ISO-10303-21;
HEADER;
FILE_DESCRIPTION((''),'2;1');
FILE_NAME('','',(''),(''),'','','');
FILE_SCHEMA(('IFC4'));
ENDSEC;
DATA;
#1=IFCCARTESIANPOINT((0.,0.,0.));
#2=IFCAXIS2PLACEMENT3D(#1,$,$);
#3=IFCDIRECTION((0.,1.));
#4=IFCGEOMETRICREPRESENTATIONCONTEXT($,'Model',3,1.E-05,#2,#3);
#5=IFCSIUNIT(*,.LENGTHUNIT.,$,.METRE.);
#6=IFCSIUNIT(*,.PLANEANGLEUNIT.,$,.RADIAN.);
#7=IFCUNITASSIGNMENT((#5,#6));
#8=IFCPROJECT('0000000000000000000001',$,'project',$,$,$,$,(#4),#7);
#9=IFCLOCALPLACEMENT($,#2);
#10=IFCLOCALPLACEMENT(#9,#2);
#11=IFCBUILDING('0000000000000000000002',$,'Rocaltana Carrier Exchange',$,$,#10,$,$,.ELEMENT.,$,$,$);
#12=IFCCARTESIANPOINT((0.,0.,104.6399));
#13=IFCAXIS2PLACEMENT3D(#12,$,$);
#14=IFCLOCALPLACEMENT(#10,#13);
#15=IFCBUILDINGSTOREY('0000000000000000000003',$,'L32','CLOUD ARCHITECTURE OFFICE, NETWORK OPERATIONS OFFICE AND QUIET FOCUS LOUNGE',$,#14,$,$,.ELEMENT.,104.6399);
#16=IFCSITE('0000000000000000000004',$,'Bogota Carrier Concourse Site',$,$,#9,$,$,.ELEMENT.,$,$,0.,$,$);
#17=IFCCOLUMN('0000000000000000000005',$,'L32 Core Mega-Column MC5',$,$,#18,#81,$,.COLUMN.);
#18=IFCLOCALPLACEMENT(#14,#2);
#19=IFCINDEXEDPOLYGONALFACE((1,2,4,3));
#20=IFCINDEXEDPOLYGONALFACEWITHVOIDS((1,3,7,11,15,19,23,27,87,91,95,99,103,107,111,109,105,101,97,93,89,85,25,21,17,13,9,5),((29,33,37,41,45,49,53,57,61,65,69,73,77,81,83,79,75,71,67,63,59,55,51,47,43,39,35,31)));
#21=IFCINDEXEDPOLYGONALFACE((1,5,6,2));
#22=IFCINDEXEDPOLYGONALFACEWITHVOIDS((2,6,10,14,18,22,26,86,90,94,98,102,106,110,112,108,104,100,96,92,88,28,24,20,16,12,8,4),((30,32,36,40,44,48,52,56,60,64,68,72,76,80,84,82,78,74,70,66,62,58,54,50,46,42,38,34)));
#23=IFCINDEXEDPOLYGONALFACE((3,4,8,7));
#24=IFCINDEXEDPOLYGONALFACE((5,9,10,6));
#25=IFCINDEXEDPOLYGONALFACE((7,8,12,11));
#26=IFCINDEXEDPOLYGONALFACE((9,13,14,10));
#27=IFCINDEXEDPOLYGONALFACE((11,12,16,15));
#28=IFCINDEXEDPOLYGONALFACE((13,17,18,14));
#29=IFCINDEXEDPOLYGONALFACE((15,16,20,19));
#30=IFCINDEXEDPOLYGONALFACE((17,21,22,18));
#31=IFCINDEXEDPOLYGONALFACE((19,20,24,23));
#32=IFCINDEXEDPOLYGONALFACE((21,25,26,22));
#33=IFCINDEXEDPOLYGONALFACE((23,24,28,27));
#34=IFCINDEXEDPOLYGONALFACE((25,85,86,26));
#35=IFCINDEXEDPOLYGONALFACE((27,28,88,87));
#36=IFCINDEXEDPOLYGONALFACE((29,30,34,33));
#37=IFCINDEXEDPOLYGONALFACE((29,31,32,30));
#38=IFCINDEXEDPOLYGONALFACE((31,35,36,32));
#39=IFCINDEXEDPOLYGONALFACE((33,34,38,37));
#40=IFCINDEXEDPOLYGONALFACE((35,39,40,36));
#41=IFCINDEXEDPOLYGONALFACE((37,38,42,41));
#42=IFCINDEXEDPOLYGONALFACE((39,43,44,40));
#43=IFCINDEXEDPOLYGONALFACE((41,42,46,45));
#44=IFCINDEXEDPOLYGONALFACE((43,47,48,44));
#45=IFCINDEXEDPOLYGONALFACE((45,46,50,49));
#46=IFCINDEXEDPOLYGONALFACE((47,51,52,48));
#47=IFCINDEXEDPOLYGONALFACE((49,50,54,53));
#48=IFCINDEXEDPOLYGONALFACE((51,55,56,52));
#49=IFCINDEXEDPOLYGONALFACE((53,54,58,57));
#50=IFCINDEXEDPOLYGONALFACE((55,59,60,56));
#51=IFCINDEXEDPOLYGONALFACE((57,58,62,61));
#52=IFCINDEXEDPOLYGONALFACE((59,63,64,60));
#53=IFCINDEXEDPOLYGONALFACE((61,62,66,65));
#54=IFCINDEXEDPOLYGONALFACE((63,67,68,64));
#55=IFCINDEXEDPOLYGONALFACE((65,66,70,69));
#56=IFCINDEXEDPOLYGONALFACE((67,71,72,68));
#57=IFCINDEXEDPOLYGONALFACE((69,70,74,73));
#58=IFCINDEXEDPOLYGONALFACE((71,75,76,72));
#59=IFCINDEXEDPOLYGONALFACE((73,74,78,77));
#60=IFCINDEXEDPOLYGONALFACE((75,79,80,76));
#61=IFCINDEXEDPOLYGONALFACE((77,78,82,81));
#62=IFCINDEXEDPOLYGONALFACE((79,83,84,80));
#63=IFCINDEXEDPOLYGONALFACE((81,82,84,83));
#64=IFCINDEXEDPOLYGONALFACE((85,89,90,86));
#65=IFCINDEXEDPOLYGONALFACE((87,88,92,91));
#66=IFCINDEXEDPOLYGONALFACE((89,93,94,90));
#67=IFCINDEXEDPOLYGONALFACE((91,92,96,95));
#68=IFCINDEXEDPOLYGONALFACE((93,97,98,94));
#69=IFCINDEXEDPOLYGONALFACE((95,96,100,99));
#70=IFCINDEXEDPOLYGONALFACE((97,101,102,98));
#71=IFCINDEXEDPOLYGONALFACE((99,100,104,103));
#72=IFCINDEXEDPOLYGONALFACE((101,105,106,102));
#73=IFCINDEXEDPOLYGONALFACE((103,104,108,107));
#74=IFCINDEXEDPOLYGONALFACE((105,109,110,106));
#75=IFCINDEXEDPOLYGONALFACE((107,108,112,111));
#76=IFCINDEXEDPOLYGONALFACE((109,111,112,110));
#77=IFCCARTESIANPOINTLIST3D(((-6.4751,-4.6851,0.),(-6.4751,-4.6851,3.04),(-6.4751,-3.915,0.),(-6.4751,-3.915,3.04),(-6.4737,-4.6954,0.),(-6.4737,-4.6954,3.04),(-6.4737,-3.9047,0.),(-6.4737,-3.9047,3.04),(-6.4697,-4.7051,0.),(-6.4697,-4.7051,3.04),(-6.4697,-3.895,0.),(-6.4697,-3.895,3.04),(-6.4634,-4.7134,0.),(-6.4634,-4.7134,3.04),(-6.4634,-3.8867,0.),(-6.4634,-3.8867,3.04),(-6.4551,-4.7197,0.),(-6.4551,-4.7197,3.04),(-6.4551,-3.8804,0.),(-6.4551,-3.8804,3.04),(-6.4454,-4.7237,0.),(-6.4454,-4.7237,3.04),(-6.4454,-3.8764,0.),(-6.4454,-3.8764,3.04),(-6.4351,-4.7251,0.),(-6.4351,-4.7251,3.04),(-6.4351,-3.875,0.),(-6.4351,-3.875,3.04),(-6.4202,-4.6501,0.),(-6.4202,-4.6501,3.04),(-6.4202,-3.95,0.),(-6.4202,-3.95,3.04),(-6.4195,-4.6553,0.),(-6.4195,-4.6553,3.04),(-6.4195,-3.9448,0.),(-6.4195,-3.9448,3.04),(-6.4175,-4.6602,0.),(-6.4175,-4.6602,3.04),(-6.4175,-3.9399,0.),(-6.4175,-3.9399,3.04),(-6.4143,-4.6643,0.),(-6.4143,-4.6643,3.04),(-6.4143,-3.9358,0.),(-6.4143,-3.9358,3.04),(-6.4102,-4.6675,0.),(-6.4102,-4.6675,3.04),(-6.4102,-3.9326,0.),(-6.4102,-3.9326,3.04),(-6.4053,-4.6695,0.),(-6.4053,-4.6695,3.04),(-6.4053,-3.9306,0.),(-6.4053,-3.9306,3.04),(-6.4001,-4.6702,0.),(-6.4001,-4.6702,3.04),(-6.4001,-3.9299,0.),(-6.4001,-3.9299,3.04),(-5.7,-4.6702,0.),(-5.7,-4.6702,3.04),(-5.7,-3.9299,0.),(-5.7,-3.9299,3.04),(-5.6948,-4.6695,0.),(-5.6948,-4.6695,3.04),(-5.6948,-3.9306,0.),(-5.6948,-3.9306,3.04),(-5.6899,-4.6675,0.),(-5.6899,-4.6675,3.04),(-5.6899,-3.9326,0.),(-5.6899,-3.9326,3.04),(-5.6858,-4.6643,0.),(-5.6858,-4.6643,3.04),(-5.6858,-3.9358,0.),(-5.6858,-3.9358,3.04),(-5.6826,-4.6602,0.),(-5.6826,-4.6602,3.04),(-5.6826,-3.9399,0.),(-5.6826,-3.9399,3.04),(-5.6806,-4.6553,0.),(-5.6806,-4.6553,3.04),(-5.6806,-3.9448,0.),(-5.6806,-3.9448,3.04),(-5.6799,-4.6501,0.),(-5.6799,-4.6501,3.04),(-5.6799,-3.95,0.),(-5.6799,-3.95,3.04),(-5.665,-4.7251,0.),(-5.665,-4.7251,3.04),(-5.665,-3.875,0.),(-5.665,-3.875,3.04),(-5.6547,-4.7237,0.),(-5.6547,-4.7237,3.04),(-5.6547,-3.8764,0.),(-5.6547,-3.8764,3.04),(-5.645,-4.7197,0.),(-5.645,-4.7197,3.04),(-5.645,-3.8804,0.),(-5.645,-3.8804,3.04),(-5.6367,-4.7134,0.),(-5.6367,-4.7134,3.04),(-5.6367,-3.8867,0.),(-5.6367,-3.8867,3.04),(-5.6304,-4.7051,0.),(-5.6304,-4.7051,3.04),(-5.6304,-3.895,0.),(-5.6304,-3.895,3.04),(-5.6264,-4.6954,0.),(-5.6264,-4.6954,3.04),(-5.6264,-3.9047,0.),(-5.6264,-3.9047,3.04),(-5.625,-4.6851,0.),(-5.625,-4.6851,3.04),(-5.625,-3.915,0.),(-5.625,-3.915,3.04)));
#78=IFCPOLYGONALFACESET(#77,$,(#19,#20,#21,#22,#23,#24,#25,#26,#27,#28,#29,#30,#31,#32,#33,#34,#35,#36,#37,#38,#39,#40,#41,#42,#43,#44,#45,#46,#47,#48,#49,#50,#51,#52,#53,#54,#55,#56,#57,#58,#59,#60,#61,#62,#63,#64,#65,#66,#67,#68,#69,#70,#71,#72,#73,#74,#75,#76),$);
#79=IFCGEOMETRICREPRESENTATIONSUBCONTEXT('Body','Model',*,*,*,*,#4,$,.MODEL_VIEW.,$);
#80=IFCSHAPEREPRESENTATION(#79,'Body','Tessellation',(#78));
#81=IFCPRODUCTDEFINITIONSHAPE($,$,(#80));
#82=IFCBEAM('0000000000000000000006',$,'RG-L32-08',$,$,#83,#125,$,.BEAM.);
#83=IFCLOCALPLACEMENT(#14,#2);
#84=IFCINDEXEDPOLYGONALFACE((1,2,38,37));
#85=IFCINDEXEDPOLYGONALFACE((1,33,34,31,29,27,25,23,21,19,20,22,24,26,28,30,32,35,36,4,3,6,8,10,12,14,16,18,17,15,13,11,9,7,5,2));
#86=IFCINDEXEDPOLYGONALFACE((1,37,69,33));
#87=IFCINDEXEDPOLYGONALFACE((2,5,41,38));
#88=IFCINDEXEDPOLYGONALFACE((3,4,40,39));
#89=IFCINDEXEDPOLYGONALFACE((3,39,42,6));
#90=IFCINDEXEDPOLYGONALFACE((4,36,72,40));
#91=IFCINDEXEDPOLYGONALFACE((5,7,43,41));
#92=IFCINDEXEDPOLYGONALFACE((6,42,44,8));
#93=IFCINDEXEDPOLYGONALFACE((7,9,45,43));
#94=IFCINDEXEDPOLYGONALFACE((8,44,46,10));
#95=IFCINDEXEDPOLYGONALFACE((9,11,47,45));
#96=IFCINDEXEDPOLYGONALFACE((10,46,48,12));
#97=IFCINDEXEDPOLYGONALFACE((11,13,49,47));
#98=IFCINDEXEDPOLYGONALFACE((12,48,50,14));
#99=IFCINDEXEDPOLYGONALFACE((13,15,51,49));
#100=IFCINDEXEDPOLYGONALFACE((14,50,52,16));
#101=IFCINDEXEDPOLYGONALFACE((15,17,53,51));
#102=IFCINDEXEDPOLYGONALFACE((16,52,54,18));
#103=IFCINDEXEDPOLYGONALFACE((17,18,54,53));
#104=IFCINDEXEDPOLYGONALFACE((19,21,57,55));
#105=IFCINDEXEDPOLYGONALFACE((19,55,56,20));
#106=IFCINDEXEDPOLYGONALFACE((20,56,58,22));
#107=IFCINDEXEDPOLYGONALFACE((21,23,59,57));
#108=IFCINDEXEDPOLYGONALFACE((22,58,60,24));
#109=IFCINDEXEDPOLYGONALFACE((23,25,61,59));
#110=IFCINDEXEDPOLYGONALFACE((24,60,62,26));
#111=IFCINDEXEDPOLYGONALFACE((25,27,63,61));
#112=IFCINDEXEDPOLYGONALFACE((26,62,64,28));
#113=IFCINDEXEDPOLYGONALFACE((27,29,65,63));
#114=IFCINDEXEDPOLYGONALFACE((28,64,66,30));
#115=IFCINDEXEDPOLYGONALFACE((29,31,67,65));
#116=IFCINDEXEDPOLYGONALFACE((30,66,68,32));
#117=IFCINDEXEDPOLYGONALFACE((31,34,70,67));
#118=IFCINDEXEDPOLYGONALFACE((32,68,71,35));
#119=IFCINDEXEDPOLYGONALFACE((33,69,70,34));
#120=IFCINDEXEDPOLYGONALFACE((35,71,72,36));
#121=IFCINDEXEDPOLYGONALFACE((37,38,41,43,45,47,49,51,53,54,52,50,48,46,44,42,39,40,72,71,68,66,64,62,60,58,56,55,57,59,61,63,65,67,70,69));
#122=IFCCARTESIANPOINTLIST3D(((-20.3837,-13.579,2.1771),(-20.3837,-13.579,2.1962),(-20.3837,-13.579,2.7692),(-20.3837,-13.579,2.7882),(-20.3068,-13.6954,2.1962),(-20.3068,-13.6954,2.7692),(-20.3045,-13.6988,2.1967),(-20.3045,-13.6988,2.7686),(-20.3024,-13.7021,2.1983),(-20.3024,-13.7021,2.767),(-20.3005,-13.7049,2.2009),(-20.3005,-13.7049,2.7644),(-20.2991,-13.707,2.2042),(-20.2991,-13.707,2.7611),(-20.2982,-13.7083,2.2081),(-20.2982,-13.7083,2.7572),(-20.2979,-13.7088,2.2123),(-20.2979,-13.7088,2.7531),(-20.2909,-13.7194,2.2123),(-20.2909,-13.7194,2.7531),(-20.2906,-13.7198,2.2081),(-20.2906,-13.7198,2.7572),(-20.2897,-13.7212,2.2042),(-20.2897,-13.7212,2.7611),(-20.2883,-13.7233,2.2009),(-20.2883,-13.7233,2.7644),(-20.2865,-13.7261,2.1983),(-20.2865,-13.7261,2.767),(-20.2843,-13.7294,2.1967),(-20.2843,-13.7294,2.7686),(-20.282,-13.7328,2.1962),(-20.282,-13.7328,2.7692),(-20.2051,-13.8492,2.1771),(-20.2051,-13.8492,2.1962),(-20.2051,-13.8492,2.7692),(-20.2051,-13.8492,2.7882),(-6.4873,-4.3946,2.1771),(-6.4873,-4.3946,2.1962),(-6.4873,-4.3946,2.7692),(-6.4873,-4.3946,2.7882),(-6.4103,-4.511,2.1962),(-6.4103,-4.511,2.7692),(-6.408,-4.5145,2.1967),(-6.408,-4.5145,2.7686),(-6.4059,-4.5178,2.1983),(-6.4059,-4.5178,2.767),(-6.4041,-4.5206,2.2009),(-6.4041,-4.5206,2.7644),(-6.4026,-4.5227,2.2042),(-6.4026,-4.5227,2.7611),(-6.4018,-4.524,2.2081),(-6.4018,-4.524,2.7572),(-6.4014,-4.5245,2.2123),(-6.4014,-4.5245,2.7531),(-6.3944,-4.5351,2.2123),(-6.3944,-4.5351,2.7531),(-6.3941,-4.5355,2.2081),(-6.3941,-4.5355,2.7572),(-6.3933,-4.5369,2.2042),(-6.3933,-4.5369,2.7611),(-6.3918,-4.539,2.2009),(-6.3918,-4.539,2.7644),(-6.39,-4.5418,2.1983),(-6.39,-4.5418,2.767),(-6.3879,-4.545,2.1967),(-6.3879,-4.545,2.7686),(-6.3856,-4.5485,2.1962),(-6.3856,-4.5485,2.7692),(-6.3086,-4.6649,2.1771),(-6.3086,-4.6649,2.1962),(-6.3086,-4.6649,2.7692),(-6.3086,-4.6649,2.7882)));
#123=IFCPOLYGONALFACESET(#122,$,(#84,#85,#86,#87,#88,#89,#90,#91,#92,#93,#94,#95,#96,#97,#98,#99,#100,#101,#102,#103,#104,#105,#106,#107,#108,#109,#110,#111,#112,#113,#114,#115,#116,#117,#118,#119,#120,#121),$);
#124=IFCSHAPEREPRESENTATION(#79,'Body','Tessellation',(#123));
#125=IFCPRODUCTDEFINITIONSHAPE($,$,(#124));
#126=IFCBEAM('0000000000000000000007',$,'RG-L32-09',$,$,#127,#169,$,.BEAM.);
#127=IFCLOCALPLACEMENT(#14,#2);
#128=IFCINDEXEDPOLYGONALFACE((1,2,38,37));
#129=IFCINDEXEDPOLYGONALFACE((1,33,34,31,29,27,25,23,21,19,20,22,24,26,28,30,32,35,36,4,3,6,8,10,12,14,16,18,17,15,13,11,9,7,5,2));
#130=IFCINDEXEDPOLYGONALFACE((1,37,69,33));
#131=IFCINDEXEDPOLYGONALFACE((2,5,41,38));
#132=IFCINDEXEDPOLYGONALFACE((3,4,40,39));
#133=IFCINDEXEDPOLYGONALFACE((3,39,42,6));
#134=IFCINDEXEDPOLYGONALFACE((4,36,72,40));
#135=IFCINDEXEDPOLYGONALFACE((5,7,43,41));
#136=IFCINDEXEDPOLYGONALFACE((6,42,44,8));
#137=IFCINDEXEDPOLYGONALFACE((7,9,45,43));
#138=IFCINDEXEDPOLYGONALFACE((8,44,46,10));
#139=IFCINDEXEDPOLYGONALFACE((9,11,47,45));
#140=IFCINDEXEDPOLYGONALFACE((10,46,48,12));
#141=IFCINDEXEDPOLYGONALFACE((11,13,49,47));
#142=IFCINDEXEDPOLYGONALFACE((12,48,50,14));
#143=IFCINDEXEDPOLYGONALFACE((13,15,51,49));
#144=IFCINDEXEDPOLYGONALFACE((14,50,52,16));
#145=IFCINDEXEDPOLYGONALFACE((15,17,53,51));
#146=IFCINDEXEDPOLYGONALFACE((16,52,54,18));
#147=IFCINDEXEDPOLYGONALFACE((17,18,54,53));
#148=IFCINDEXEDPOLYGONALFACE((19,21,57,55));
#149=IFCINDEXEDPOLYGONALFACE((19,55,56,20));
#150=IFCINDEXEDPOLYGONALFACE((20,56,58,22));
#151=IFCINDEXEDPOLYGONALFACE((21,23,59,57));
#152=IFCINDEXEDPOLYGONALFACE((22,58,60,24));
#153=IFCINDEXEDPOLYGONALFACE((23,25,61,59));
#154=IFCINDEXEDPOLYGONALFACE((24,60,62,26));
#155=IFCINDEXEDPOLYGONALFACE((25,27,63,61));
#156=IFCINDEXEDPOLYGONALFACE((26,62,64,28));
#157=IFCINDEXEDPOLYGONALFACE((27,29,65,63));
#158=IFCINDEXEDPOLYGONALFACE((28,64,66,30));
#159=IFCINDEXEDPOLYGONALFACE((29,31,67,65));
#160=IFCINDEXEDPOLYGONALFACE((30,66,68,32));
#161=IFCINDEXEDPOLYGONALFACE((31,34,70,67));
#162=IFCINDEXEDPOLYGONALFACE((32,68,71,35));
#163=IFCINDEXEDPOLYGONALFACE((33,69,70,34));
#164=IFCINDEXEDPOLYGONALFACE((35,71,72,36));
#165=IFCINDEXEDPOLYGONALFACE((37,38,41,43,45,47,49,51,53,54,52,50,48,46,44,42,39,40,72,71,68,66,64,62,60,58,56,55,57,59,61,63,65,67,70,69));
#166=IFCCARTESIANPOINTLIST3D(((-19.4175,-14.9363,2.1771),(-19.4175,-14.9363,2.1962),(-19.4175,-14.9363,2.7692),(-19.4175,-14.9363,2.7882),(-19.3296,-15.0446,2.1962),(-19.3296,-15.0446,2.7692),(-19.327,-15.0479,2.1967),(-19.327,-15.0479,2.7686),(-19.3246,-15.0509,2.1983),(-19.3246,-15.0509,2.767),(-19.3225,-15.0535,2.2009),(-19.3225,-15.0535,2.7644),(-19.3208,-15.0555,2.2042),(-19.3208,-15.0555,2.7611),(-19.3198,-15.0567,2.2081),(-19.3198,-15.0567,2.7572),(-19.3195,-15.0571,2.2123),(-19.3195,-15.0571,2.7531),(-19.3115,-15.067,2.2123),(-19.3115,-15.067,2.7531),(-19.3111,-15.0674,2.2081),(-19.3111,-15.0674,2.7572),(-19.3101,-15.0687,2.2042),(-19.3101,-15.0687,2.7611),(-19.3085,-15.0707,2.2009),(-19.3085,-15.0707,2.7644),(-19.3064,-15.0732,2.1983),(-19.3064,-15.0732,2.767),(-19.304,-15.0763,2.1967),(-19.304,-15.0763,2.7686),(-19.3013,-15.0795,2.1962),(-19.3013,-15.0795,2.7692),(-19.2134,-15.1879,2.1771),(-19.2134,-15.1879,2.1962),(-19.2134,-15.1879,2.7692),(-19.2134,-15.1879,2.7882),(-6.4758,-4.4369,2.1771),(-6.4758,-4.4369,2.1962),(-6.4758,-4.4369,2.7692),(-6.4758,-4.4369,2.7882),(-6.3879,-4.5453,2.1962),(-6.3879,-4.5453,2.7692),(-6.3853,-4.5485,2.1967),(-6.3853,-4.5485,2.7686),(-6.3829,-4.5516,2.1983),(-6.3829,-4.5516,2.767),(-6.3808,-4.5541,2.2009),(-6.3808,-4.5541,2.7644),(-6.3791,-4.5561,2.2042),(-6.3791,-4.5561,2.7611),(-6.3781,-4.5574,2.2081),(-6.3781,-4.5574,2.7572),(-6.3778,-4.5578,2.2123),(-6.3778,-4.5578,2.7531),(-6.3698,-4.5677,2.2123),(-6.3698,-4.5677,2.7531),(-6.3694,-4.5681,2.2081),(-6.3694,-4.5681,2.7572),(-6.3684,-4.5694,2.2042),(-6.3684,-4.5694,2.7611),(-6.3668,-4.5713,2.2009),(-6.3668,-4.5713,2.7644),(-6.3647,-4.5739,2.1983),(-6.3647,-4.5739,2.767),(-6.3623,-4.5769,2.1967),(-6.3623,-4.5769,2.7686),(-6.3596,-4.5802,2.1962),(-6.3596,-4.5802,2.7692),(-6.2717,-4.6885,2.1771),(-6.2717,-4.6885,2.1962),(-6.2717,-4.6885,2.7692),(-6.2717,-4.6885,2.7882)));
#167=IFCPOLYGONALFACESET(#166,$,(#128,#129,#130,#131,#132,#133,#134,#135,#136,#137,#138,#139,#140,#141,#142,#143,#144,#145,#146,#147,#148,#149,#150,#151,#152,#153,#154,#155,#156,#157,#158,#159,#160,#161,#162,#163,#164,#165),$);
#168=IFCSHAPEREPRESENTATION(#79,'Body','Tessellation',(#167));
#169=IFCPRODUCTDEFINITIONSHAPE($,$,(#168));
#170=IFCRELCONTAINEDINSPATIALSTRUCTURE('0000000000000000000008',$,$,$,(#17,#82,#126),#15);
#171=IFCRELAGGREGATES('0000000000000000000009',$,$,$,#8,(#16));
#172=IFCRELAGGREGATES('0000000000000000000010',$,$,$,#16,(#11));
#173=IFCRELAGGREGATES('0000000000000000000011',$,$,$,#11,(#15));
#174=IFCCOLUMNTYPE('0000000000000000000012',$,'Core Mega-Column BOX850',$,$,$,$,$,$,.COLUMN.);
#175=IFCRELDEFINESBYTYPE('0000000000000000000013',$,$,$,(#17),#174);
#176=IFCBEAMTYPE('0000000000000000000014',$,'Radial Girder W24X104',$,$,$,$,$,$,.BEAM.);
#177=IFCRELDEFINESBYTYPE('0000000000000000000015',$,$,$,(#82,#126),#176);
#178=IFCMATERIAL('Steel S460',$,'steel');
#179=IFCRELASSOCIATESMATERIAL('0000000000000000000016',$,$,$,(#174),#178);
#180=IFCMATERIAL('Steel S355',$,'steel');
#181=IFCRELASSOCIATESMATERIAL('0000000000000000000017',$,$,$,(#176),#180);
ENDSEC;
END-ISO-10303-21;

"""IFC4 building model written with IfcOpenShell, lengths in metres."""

from ifc_helpers import new_model, si_unit, direction, frame, origin, origin_2d, place, context, subcontext, project, spatial, hollow_rectangle, i_section, extrude, material, material_profile, profile_set, type_object, element, save


model = new_model("IFC4")

# Units and contexts
model_context = context("Model", 3, precision=1e-05, world=origin(), true_north=direction((0.0, 1.0)))
body_context = subcontext(model_context, "Body", "Model", "MODEL_VIEW")
ifc_project = project(units=[si_unit("LENGTHUNIT", "METRE"), si_unit("PLANEANGLEUNIT", "RADIAN")], contexts=[model_context])

# Site, building, storey
site_placement = place(None, origin())
site = spatial("IfcSite", under=ifc_project, at=site_placement, Name="Bogota Carrier Concourse Site", CompositionType="ELEMENT", RefElevation=0.0)
building_placement = place(site_placement, origin())
building = spatial("IfcBuilding", under=site, at=building_placement, Name="Rocaltana Carrier Exchange", CompositionType="ELEMENT")
storey_placement = place(building_placement, frame((0.0, 0.0, 104.6399)))
storey = spatial("IfcBuildingStorey", under=building, at=storey_placement, Name="L32", Description="CLOUD ARCHITECTURE OFFICE, NETWORK OPERATIONS OFFICE AND QUIET FOCUS LOUNGE", CompositionType="ELEMENT", Elevation=104.6399)

# Column
ifc_material_1 = material(Name="Steel S460", Category="steel")
ifc_material_profile_1 = material_profile(ifc_material_1, hollow_rectangle(XDim=0.8501, YDim=0.8501, WallThickness=0.0549, InnerFilletRadius=0.02, OuterFilletRadius=0.04, at=origin_2d()), Name="BOX850X850X55")
ifc_profile_set_1 = profile_set([ifc_material_profile_1], Name="Steel S460")
column_type = type_object("IfcColumnType", Name="Core Mega-Column BOX850", PredefinedType="COLUMN", material=ifc_profile_set_1)
column_placement = place(storey_placement, frame((-6.05, -4.3, 0.0), z_axis=(0.0, 0.0, 1.0), x_axis=(1.0, 0.0, 0.0)))
element("IfcColumn", 1, at=column_placement, inside=storey, type_object=column_type, Name="L32 Core Mega-Column MC5", PredefinedType="COLUMN", context=body_context, shape_type="SweptSolid", body=[
    extrude(hollow_rectangle(XDim=0.8501, YDim=0.8501, WallThickness=0.0549, InnerFilletRadius=0.02, OuterFilletRadius=0.04, at=origin_2d()), origin(), (0.0, 0.0, 1.0), 3.04),
])

# Beams
ifc_material_2 = material(Name="Steel S355", Category="steel")
ifc_material_profile_2 = material_profile(ifc_material_2, i_section(OverallWidth=0.324, OverallDepth=0.6111, WebThickness=0.0127, FlangeThickness=0.019, FilletRadius=0.0161, at=origin_2d()), Name="W24X104")
ifc_profile_set_2 = profile_set([ifc_material_profile_2], Name="Steel S355")
beam_type = type_object("IfcBeamType", Name="Radial Girder W24X104", PredefinedType="BEAM", material=ifc_profile_set_2)
beam_1_placement = place(storey_placement, frame((-6.3979, -4.5298, 2.4827), z_axis=(-0.83426, -0.551371, 0.0), x_axis=(0.551371, -0.83426, 0.0)))
element("IfcBeam", 2, at=beam_1_placement, inside=storey, type_object=beam_type, Name="RG-L32-08", PredefinedType="BEAM", context=body_context, shape_type="SweptSolid", body=[
    extrude(i_section(OverallWidth=0.324, OverallDepth=0.6111, WebThickness=0.0127, FlangeThickness=0.019, FilletRadius=0.0161, at=origin_2d()), origin(), (0.0, 0.0, 1.0), 16.6572),
])
beam_2_placement = place(storey_placement, frame((-6.3738, -4.5627, 2.4827), z_axis=(-0.776578, -0.630021, 0.0), x_axis=(0.630021, -0.776578, 0.0)))
element("IfcBeam", 3, at=beam_2_placement, inside=storey, type_object=beam_type, Name="RG-L32-09", PredefinedType="BEAM", context=body_context, shape_type="SweptSolid", body=[
    extrude(i_section(OverallWidth=0.324, OverallDepth=0.6111, WebThickness=0.0127, FlangeThickness=0.019, FilletRadius=0.0161, at=origin_2d()), origin(), (0.0, 0.0, 1.0), 16.665),
])

save(model, "model.ifc")
